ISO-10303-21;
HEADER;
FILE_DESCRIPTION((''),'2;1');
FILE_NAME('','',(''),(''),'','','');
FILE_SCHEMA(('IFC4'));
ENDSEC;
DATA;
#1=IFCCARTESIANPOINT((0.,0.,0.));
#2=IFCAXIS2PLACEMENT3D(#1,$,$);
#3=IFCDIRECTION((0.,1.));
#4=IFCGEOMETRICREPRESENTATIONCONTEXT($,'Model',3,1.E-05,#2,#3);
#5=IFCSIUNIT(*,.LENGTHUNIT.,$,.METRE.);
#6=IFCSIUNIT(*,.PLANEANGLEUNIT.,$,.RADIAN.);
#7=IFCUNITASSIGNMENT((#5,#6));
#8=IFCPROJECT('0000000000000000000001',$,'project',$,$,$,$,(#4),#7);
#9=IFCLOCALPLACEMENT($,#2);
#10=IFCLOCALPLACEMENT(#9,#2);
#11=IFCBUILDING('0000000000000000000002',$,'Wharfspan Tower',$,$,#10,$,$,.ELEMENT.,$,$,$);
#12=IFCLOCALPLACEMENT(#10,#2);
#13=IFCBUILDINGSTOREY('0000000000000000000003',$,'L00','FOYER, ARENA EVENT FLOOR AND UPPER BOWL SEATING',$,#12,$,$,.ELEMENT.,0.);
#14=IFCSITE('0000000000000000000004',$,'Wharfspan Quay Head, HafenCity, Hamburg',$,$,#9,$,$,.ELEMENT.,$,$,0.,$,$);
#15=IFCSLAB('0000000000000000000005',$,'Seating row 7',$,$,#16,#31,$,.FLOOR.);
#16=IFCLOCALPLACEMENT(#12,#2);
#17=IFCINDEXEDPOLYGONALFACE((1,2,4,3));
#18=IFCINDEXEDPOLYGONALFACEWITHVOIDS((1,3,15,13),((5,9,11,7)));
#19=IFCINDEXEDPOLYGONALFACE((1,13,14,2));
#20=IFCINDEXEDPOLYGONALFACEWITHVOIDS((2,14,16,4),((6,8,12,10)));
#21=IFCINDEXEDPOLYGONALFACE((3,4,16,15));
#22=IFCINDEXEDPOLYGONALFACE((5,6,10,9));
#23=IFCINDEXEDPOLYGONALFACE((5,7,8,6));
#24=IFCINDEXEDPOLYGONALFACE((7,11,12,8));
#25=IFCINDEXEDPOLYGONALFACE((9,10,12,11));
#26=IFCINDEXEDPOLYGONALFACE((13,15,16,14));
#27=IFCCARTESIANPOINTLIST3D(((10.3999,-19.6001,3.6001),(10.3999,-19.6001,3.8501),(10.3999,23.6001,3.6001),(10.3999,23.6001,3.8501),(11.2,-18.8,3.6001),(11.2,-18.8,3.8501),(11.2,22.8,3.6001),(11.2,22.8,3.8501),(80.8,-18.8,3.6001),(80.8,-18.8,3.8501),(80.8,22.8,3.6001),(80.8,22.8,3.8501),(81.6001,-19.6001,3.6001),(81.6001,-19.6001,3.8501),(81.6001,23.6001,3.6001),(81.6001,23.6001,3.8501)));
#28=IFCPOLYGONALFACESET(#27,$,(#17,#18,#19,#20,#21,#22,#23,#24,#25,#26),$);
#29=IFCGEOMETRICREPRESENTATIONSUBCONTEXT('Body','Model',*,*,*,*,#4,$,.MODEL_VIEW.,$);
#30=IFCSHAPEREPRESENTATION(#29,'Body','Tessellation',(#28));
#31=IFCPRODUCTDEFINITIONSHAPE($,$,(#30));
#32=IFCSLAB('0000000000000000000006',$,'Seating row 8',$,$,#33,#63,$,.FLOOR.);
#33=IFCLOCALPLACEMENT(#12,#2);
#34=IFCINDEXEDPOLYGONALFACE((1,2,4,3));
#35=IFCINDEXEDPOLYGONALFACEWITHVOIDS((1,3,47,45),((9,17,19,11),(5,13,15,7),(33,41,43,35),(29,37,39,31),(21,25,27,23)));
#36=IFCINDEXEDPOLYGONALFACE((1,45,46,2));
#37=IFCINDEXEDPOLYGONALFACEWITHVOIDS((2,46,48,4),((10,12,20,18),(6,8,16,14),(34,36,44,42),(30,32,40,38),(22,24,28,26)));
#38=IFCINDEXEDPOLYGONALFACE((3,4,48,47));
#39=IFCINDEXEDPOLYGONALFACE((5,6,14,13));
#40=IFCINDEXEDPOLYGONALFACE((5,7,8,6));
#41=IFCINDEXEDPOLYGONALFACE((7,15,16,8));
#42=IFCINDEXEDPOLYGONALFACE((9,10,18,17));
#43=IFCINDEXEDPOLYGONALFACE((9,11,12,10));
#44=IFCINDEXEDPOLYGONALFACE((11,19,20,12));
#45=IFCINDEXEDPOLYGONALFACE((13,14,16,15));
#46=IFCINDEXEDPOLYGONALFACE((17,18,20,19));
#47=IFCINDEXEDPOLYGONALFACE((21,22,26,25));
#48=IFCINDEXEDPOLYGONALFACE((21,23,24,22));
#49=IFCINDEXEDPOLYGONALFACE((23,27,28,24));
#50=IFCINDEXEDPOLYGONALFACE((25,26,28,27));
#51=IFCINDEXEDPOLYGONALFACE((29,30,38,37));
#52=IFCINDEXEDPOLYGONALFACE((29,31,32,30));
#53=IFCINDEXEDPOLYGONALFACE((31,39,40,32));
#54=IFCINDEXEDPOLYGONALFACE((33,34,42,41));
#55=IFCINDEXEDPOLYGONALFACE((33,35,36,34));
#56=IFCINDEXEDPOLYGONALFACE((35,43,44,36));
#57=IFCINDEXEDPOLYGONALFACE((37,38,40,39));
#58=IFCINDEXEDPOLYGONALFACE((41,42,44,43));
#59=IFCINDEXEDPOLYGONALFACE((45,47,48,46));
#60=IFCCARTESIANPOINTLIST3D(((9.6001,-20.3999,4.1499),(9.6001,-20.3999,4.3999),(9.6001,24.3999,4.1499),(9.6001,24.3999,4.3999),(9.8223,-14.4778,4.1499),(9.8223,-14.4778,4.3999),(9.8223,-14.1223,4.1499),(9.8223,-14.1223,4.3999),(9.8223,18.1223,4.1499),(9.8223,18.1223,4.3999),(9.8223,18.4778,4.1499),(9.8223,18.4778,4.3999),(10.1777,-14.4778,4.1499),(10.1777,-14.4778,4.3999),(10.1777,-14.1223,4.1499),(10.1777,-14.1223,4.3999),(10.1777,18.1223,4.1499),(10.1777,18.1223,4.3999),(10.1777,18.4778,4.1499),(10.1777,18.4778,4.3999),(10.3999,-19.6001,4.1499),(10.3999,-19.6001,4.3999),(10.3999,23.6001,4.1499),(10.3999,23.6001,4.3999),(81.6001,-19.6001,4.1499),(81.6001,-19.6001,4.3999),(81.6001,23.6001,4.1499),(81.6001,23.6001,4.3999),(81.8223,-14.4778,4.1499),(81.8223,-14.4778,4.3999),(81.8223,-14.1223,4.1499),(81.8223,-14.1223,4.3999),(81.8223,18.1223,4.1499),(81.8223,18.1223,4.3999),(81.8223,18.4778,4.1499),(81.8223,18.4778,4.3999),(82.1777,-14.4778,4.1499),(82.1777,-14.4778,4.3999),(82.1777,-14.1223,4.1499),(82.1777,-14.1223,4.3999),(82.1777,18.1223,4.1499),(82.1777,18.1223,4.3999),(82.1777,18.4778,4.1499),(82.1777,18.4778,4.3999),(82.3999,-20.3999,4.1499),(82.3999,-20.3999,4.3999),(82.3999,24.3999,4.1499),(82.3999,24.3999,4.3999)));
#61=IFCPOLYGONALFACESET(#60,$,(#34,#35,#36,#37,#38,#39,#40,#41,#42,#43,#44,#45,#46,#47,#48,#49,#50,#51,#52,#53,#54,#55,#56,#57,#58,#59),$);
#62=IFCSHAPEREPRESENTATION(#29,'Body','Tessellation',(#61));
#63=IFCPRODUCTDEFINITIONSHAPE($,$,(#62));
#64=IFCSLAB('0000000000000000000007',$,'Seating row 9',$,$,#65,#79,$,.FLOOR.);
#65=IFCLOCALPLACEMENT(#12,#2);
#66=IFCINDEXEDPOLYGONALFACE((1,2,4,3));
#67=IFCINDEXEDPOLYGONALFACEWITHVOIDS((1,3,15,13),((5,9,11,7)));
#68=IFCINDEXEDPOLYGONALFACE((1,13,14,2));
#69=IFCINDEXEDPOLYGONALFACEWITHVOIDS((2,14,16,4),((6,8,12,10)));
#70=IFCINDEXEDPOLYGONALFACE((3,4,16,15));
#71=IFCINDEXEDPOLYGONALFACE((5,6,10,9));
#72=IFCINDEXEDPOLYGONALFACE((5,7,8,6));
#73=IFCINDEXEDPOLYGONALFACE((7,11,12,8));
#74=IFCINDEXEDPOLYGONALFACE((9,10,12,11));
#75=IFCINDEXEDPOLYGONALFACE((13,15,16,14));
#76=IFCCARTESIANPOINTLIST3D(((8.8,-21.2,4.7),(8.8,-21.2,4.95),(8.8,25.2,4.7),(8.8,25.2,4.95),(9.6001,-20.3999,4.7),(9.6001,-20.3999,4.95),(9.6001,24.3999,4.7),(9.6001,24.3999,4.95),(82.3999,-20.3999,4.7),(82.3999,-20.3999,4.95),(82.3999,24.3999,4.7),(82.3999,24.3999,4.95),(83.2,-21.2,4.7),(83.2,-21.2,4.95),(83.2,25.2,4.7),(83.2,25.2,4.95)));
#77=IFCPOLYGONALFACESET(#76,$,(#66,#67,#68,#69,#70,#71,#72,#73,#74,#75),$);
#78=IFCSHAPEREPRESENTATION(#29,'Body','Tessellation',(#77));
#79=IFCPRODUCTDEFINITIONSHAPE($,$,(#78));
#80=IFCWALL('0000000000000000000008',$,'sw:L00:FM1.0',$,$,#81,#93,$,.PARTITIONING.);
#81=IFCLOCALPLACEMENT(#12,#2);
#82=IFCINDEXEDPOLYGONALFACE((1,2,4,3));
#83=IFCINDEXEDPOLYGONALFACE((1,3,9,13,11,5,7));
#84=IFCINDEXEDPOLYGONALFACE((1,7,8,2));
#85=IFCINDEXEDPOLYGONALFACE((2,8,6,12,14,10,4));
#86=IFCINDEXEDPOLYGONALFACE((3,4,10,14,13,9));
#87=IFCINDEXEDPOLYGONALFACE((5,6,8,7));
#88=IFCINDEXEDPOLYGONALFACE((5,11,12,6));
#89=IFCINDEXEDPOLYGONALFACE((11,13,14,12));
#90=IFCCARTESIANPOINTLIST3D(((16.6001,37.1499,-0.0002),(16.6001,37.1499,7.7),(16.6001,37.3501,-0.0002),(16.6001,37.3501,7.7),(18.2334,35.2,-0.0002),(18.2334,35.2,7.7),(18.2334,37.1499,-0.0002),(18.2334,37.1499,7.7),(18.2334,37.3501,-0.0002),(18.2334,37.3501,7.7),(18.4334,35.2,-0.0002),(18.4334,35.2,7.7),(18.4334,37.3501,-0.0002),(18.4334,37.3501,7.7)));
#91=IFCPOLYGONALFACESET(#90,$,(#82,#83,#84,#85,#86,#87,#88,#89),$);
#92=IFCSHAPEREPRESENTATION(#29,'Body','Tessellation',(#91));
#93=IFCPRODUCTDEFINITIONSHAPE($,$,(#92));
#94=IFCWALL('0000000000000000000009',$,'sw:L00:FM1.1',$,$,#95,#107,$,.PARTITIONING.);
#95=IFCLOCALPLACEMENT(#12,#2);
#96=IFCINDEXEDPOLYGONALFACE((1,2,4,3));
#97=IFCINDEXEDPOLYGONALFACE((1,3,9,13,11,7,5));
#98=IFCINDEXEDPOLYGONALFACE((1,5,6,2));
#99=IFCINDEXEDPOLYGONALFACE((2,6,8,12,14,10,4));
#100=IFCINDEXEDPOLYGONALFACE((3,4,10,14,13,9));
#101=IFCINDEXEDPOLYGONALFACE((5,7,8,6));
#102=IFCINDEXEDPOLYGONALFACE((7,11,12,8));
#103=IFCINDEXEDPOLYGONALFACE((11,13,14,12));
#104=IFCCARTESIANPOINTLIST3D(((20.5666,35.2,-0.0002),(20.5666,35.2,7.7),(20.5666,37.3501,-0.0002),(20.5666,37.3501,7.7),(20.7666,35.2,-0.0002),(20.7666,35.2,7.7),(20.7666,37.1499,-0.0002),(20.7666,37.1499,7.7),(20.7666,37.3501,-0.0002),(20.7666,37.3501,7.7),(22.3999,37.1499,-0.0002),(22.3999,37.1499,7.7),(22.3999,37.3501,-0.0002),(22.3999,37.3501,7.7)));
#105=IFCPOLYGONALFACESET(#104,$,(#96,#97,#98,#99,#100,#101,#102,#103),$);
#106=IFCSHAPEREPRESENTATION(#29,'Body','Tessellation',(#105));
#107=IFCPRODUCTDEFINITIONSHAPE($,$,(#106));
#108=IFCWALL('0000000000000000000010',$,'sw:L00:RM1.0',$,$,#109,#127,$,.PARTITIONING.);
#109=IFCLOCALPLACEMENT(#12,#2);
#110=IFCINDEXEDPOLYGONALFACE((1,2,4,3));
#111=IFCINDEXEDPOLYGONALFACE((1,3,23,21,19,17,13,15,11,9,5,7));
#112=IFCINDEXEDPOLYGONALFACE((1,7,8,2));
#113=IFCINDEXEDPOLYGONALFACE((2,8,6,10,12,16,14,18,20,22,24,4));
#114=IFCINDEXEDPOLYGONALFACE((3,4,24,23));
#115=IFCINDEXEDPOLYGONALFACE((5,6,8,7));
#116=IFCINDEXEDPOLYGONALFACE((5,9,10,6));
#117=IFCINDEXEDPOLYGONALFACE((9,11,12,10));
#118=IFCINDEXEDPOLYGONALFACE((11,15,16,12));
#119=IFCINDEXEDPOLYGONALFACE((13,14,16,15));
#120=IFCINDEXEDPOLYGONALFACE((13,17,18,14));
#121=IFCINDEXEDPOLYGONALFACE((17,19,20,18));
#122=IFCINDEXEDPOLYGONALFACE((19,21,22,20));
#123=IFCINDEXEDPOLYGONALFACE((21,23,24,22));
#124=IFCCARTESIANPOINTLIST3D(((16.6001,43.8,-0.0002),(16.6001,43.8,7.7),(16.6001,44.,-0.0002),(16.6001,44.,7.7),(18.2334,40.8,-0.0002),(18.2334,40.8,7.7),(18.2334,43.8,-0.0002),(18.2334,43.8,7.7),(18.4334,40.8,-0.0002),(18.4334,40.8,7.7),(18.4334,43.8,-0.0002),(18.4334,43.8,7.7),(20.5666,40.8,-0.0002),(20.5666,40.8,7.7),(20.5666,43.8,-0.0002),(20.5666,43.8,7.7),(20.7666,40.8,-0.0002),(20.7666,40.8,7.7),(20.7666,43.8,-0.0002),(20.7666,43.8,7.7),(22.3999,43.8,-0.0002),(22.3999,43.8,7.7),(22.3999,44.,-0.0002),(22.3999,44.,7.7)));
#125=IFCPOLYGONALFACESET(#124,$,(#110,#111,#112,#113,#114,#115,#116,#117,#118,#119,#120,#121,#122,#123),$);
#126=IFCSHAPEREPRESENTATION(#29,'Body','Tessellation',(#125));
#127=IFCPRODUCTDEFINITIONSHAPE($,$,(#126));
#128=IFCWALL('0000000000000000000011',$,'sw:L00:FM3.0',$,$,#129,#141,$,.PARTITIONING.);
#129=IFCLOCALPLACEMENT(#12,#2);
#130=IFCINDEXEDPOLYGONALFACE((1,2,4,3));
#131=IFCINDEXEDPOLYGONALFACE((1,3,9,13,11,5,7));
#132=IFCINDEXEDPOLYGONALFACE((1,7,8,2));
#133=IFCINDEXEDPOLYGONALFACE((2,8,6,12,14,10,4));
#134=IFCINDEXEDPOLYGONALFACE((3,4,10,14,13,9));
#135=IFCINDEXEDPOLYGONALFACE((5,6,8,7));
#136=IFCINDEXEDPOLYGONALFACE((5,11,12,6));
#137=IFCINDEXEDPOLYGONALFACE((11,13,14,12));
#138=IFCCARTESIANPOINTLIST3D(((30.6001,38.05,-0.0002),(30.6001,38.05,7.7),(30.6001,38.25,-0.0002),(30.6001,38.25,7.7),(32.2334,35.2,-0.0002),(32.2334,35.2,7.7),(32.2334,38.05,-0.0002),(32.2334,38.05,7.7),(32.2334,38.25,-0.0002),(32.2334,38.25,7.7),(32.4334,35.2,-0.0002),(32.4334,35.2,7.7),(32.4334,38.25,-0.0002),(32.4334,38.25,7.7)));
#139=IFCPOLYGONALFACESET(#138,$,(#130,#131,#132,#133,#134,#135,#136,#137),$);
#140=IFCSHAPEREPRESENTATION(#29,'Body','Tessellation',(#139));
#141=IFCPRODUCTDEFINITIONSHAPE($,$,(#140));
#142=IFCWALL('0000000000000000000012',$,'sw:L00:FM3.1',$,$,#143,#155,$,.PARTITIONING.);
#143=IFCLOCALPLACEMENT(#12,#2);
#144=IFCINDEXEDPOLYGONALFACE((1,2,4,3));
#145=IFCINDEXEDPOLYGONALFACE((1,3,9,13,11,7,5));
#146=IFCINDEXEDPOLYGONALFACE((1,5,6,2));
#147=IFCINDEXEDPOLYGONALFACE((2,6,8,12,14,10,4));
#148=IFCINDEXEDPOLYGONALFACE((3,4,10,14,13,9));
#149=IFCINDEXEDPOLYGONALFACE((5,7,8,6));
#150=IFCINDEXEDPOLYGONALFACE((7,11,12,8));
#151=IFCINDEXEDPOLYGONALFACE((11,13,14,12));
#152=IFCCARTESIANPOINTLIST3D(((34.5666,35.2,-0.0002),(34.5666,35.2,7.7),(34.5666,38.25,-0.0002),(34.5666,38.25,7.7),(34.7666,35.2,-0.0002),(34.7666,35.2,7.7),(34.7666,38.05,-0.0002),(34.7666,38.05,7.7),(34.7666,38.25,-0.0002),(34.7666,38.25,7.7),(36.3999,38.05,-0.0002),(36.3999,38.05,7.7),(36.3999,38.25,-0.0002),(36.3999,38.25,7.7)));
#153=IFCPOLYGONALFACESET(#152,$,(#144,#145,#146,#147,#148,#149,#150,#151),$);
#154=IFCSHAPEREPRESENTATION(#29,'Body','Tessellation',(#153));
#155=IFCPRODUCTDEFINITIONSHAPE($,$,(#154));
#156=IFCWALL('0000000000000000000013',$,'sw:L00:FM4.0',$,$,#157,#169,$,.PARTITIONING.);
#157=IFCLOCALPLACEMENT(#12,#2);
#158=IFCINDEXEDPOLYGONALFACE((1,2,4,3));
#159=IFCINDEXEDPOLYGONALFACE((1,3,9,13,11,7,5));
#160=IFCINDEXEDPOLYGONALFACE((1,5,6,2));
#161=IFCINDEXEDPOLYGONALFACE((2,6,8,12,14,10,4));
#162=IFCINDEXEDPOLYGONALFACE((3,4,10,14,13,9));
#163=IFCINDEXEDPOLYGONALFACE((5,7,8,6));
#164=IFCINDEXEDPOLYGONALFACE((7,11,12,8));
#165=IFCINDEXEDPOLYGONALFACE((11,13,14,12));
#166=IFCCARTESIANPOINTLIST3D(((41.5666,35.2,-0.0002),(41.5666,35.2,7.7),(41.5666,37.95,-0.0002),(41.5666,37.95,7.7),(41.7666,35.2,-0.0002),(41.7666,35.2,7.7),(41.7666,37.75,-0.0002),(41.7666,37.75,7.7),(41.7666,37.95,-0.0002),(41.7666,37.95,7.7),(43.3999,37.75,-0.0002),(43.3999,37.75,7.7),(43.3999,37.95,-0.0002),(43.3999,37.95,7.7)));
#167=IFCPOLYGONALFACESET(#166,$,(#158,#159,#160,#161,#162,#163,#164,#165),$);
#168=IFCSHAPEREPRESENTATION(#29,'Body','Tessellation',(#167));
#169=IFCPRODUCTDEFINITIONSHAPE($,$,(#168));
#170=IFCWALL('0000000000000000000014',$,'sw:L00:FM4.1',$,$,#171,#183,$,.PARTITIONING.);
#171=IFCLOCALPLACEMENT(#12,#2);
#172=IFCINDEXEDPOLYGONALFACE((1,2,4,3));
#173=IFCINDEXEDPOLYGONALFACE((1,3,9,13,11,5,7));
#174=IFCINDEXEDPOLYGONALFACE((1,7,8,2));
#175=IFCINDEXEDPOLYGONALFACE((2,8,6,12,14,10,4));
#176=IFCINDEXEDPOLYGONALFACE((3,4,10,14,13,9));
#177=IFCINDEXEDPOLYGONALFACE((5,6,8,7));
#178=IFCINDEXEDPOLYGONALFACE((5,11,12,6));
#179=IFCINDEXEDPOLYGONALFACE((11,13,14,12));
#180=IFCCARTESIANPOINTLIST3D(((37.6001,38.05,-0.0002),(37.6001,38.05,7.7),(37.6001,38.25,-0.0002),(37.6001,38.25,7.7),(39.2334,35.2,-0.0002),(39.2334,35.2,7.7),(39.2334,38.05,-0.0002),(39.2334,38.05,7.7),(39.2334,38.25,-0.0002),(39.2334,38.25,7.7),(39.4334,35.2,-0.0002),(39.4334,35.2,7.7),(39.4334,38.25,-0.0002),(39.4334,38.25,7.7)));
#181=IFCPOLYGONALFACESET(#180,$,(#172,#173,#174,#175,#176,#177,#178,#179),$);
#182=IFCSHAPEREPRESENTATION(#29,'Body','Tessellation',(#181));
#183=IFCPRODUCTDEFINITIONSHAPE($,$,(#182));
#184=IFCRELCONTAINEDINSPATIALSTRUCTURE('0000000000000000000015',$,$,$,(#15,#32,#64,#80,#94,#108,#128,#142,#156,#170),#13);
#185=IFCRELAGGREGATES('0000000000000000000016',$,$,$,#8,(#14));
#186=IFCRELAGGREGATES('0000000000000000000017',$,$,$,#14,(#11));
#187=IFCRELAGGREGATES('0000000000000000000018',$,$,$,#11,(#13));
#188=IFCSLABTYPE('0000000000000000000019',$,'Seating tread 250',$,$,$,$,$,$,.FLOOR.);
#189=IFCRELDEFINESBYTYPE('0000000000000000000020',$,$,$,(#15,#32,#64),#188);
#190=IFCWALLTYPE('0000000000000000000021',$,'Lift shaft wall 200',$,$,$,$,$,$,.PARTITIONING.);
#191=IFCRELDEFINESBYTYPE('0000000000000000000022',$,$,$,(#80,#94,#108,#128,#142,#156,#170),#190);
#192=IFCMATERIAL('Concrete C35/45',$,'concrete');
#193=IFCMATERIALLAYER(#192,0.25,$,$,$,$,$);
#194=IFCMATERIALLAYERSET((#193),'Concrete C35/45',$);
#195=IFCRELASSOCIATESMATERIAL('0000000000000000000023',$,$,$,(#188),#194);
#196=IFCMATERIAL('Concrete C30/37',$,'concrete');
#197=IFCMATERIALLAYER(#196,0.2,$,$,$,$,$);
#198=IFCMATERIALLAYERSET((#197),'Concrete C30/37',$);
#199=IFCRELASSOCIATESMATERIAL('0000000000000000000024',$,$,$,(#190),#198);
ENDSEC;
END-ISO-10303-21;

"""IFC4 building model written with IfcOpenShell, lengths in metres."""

from ifc_helpers import new_model, si_unit, direction, frame, origin, place, context, subcontext, project, spatial, polyline, outline, extrude, material, layer, layer_set, type_object, element, save


model = new_model("IFC4")

# Units and contexts
model_context = context("Model", 3, precision=1e-05, world=origin(), true_north=direction((0.0, 1.0)))
body_context = subcontext(model_context, "Body", "Model", "MODEL_VIEW")
ifc_project = project(units=[si_unit("LENGTHUNIT", "METRE"), si_unit("PLANEANGLEUNIT", "RADIAN")], contexts=[model_context])

# Site, building, storey
site_placement = place(None, origin())
site = spatial("IfcSite", under=ifc_project, at=site_placement, Name="Wharfspan Quay Head, HafenCity, Hamburg", CompositionType="ELEMENT", RefElevation=0.0)
building_placement = place(site_placement, origin())
building = spatial("IfcBuilding", under=site, at=building_placement, Name="Wharfspan Tower", CompositionType="ELEMENT")
storey_placement = place(building_placement, origin())
storey = spatial("IfcBuildingStorey", under=building, at=storey_placement, Name="L00", Description="FOYER, ARENA EVENT FLOOR AND UPPER BOWL SEATING", CompositionType="ELEMENT", Elevation=0.0)

# Slabs
ifc_material_1 = material(Name="Concrete C30/37", Category="concrete")
ifc_material_2 = material(Name="Concrete C35/45", Category="concrete")
ifc_layer_1 = layer(ifc_material_2, 0.25)
ifc_layer_set_1 = layer_set([ifc_layer_1], Name="Concrete C35/45")
slab_type_1 = type_object("IfcSlabType", Name="Seating tread 250", PredefinedType="FLOOR", material=ifc_layer_set_1)
slab_1_placement = place(storey_placement, frame((0.0, 0.0, 3.6001)))
element("IfcSlab", 1, at=slab_1_placement, inside=storey, type_object=slab_type_1, Name="Seating row 7", PredefinedType="FLOOR", context=body_context, shape_type="SweptSolid", body=[
    extrude(outline(polyline([(10.3999, 23.6001), (81.6001, 23.6001), (81.6001, -19.6001), (10.3999, -19.6001), (10.3999, 23.6001)]), holes=[polyline([(11.2, 22.8), (11.2, -18.8), (80.8, -18.8), (80.8, 22.8), (11.2, 22.8)])]), origin(), (0.0, 0.0, 1.0), 0.25),
])
slab_2_placement = place(storey_placement, frame((0.0, 0.0, 4.1499)))
element("IfcSlab", 2, at=slab_2_placement, inside=storey, type_object=slab_type_1, Name="Seating row 8", PredefinedType="FLOOR", context=body_context, shape_type="SweptSolid", body=[
    extrude(outline(polyline([(9.6001, 24.3999), (82.3999, 24.3999), (82.3999, -20.3999), (9.6001, -20.3999), (9.6001, 24.3999)]), holes=[polyline([(10.3999, 23.6001), (10.3999, -19.6001), (81.6001, -19.6001), (81.6001, 23.6001), (10.3999, 23.6001)]), polyline([(10.1777, -14.4778), (10.1777, -14.1223), (9.8223, -14.1223), (9.8223, -14.4778), (10.1777, -14.4778)]), polyline([(9.8223, 18.1223), (10.1777, 18.1223), (10.1777, 18.4778), (9.8223, 18.4778), (9.8223, 18.1223)]), polyline([(82.1777, -14.4778), (82.1777, -14.1223), (81.8223, -14.1223), (81.8223, -14.4778), (82.1777, -14.4778)]), polyline([(81.8223, 18.1223), (82.1777, 18.1223), (82.1777, 18.4778), (81.8223, 18.4778), (81.8223, 18.1223)])]), origin(), (0.0, 0.0, 1.0), 0.25),
])
slab_3_placement = place(storey_placement, frame((0.0, 0.0, 4.7)))
element("IfcSlab", 3, at=slab_3_placement, inside=storey, type_object=slab_type_1, Name="Seating row 9", PredefinedType="FLOOR", context=body_context, shape_type="SweptSolid", body=[
    extrude(outline(polyline([(8.8, 25.2), (83.2, 25.2), (83.2, -21.2), (8.8, -21.2), (8.8, 25.2)]), holes=[polyline([(9.6001, 24.3999), (9.6001, -20.3999), (82.3999, -20.3999), (82.3999, 24.3999), (9.6001, 24.3999)])]), origin(), (0.0, 0.0, 1.0), 0.25),
])

# Walls
ifc_layer_2 = layer(ifc_material_1, 0.2)
ifc_layer_set_2 = layer_set([ifc_layer_2], Name="Concrete C30/37")
wall_type = type_object("IfcWallType", Name="Lift shaft wall 200", PredefinedType="PARTITIONING", material=ifc_layer_set_2)
wall_1_placement = place(storey_placement, frame((0.0, 0.0, -0.0002)))
element("IfcWall", 4, at=wall_1_placement, inside=storey, type_object=wall_type, Name="sw:L00:FM1.0", PredefinedType="PARTITIONING", context=body_context, shape_type="SweptSolid", body=[
    extrude(outline(polyline([(18.2334, 37.1499), (16.6001, 37.1499), (16.6001, 37.3501), (18.2334, 37.3501), (18.4334, 37.3501), (18.4334, 35.2), (18.2334, 35.2), (18.2334, 37.1499)])), origin(), (0.0, 0.0, 1.0), 7.7002),
])
wall_2_placement = place(storey_placement, frame((0.0, 0.0, -0.0002)))
element("IfcWall", 5, at=wall_2_placement, inside=storey, type_object=wall_type, Name="sw:L00:FM1.1", PredefinedType="PARTITIONING", context=body_context, shape_type="SweptSolid", body=[
    extrude(outline(polyline([(20.5666, 37.3501), (20.7666, 37.3501), (22.3999, 37.3501), (22.3999, 37.1499), (20.7666, 37.1499), (20.7666, 35.2), (20.5666, 35.2), (20.5666, 37.3501)])), origin(), (0.0, 0.0, 1.0), 7.7002),
])
wall_3_placement = place(storey_placement, frame((0.0, 0.0, -0.0002)))
element("IfcWall", 6, at=wall_3_placement, inside=storey, type_object=wall_type, Name="sw:L00:RM1.0", PredefinedType="PARTITIONING", context=body_context, shape_type="SweptSolid", body=[
    extrude(outline(polyline([(18.4334, 40.8), (18.2334, 40.8), (18.2334, 43.8), (16.6001, 43.8), (16.6001, 44.0), (22.3999, 44.0), (22.3999, 43.8), (20.7666, 43.8), (20.7666, 40.8), (20.5666, 40.8), (20.5666, 43.8), (18.4334, 43.8), (18.4334, 40.8)])), origin(), (0.0, 0.0, 1.0), 7.7002),
])
wall_4_placement = place(storey_placement, frame((0.0, 0.0, -0.0002)))
element("IfcWall", 7, at=wall_4_placement, inside=storey, type_object=wall_type, Name="sw:L00:FM3.0", PredefinedType="PARTITIONING", context=body_context, shape_type="SweptSolid", body=[
    extrude(outline(polyline([(32.2334, 38.05), (30.6001, 38.05), (30.6001, 38.25), (32.2334, 38.25), (32.4333, 38.25), (32.4333, 35.2), (32.2334, 35.2), (32.2334, 38.05)])), origin(), (0.0, 0.0, 1.0), 7.7002),
])
wall_5_placement = place(storey_placement, frame((0.0, 0.0, -0.0002)))
element("IfcWall", 8, at=wall_5_placement, inside=storey, type_object=wall_type, Name="sw:L00:FM3.1", PredefinedType="PARTITIONING", context=body_context, shape_type="SweptSolid", body=[
    extrude(outline(polyline([(34.5667, 38.25), (34.7666, 38.25), (36.3999, 38.25), (36.3999, 38.05), (34.7666, 38.05), (34.7666, 35.2), (34.5667, 35.2), (34.5667, 38.25)])), origin(), (0.0, 0.0, 1.0), 7.7002),
])
wall_6_placement = place(storey_placement, frame((0.0, 0.0, -0.0002)))
element("IfcWall", 9, at=wall_6_placement, inside=storey, type_object=wall_type, Name="sw:L00:FM4.0", PredefinedType="PARTITIONING", context=body_context, shape_type="SweptSolid", body=[
    extrude(outline(polyline([(41.5667, 37.95), (41.7666, 37.95), (43.3999, 37.95), (43.3999, 37.75), (41.7666, 37.75), (41.7666, 35.2), (41.5667, 35.2), (41.5667, 37.95)])), origin(), (0.0, 0.0, 1.0), 7.7002),
])
wall_7_placement = place(storey_placement, frame((0.0, 0.0, -0.0002)))
element("IfcWall", 10, at=wall_7_placement, inside=storey, type_object=wall_type, Name="sw:L00:FM4.1", PredefinedType="PARTITIONING", context=body_context, shape_type="SweptSolid", body=[
    extrude(outline(polyline([(39.2334, 38.05), (37.6001, 38.05), (37.6001, 38.25), (39.2334, 38.25), (39.4333, 38.25), (39.4333, 35.2), (39.2334, 35.2), (39.2334, 38.05)])), origin(), (0.0, 0.0, 1.0), 7.7002),
])

save(model, "model.ifc")
